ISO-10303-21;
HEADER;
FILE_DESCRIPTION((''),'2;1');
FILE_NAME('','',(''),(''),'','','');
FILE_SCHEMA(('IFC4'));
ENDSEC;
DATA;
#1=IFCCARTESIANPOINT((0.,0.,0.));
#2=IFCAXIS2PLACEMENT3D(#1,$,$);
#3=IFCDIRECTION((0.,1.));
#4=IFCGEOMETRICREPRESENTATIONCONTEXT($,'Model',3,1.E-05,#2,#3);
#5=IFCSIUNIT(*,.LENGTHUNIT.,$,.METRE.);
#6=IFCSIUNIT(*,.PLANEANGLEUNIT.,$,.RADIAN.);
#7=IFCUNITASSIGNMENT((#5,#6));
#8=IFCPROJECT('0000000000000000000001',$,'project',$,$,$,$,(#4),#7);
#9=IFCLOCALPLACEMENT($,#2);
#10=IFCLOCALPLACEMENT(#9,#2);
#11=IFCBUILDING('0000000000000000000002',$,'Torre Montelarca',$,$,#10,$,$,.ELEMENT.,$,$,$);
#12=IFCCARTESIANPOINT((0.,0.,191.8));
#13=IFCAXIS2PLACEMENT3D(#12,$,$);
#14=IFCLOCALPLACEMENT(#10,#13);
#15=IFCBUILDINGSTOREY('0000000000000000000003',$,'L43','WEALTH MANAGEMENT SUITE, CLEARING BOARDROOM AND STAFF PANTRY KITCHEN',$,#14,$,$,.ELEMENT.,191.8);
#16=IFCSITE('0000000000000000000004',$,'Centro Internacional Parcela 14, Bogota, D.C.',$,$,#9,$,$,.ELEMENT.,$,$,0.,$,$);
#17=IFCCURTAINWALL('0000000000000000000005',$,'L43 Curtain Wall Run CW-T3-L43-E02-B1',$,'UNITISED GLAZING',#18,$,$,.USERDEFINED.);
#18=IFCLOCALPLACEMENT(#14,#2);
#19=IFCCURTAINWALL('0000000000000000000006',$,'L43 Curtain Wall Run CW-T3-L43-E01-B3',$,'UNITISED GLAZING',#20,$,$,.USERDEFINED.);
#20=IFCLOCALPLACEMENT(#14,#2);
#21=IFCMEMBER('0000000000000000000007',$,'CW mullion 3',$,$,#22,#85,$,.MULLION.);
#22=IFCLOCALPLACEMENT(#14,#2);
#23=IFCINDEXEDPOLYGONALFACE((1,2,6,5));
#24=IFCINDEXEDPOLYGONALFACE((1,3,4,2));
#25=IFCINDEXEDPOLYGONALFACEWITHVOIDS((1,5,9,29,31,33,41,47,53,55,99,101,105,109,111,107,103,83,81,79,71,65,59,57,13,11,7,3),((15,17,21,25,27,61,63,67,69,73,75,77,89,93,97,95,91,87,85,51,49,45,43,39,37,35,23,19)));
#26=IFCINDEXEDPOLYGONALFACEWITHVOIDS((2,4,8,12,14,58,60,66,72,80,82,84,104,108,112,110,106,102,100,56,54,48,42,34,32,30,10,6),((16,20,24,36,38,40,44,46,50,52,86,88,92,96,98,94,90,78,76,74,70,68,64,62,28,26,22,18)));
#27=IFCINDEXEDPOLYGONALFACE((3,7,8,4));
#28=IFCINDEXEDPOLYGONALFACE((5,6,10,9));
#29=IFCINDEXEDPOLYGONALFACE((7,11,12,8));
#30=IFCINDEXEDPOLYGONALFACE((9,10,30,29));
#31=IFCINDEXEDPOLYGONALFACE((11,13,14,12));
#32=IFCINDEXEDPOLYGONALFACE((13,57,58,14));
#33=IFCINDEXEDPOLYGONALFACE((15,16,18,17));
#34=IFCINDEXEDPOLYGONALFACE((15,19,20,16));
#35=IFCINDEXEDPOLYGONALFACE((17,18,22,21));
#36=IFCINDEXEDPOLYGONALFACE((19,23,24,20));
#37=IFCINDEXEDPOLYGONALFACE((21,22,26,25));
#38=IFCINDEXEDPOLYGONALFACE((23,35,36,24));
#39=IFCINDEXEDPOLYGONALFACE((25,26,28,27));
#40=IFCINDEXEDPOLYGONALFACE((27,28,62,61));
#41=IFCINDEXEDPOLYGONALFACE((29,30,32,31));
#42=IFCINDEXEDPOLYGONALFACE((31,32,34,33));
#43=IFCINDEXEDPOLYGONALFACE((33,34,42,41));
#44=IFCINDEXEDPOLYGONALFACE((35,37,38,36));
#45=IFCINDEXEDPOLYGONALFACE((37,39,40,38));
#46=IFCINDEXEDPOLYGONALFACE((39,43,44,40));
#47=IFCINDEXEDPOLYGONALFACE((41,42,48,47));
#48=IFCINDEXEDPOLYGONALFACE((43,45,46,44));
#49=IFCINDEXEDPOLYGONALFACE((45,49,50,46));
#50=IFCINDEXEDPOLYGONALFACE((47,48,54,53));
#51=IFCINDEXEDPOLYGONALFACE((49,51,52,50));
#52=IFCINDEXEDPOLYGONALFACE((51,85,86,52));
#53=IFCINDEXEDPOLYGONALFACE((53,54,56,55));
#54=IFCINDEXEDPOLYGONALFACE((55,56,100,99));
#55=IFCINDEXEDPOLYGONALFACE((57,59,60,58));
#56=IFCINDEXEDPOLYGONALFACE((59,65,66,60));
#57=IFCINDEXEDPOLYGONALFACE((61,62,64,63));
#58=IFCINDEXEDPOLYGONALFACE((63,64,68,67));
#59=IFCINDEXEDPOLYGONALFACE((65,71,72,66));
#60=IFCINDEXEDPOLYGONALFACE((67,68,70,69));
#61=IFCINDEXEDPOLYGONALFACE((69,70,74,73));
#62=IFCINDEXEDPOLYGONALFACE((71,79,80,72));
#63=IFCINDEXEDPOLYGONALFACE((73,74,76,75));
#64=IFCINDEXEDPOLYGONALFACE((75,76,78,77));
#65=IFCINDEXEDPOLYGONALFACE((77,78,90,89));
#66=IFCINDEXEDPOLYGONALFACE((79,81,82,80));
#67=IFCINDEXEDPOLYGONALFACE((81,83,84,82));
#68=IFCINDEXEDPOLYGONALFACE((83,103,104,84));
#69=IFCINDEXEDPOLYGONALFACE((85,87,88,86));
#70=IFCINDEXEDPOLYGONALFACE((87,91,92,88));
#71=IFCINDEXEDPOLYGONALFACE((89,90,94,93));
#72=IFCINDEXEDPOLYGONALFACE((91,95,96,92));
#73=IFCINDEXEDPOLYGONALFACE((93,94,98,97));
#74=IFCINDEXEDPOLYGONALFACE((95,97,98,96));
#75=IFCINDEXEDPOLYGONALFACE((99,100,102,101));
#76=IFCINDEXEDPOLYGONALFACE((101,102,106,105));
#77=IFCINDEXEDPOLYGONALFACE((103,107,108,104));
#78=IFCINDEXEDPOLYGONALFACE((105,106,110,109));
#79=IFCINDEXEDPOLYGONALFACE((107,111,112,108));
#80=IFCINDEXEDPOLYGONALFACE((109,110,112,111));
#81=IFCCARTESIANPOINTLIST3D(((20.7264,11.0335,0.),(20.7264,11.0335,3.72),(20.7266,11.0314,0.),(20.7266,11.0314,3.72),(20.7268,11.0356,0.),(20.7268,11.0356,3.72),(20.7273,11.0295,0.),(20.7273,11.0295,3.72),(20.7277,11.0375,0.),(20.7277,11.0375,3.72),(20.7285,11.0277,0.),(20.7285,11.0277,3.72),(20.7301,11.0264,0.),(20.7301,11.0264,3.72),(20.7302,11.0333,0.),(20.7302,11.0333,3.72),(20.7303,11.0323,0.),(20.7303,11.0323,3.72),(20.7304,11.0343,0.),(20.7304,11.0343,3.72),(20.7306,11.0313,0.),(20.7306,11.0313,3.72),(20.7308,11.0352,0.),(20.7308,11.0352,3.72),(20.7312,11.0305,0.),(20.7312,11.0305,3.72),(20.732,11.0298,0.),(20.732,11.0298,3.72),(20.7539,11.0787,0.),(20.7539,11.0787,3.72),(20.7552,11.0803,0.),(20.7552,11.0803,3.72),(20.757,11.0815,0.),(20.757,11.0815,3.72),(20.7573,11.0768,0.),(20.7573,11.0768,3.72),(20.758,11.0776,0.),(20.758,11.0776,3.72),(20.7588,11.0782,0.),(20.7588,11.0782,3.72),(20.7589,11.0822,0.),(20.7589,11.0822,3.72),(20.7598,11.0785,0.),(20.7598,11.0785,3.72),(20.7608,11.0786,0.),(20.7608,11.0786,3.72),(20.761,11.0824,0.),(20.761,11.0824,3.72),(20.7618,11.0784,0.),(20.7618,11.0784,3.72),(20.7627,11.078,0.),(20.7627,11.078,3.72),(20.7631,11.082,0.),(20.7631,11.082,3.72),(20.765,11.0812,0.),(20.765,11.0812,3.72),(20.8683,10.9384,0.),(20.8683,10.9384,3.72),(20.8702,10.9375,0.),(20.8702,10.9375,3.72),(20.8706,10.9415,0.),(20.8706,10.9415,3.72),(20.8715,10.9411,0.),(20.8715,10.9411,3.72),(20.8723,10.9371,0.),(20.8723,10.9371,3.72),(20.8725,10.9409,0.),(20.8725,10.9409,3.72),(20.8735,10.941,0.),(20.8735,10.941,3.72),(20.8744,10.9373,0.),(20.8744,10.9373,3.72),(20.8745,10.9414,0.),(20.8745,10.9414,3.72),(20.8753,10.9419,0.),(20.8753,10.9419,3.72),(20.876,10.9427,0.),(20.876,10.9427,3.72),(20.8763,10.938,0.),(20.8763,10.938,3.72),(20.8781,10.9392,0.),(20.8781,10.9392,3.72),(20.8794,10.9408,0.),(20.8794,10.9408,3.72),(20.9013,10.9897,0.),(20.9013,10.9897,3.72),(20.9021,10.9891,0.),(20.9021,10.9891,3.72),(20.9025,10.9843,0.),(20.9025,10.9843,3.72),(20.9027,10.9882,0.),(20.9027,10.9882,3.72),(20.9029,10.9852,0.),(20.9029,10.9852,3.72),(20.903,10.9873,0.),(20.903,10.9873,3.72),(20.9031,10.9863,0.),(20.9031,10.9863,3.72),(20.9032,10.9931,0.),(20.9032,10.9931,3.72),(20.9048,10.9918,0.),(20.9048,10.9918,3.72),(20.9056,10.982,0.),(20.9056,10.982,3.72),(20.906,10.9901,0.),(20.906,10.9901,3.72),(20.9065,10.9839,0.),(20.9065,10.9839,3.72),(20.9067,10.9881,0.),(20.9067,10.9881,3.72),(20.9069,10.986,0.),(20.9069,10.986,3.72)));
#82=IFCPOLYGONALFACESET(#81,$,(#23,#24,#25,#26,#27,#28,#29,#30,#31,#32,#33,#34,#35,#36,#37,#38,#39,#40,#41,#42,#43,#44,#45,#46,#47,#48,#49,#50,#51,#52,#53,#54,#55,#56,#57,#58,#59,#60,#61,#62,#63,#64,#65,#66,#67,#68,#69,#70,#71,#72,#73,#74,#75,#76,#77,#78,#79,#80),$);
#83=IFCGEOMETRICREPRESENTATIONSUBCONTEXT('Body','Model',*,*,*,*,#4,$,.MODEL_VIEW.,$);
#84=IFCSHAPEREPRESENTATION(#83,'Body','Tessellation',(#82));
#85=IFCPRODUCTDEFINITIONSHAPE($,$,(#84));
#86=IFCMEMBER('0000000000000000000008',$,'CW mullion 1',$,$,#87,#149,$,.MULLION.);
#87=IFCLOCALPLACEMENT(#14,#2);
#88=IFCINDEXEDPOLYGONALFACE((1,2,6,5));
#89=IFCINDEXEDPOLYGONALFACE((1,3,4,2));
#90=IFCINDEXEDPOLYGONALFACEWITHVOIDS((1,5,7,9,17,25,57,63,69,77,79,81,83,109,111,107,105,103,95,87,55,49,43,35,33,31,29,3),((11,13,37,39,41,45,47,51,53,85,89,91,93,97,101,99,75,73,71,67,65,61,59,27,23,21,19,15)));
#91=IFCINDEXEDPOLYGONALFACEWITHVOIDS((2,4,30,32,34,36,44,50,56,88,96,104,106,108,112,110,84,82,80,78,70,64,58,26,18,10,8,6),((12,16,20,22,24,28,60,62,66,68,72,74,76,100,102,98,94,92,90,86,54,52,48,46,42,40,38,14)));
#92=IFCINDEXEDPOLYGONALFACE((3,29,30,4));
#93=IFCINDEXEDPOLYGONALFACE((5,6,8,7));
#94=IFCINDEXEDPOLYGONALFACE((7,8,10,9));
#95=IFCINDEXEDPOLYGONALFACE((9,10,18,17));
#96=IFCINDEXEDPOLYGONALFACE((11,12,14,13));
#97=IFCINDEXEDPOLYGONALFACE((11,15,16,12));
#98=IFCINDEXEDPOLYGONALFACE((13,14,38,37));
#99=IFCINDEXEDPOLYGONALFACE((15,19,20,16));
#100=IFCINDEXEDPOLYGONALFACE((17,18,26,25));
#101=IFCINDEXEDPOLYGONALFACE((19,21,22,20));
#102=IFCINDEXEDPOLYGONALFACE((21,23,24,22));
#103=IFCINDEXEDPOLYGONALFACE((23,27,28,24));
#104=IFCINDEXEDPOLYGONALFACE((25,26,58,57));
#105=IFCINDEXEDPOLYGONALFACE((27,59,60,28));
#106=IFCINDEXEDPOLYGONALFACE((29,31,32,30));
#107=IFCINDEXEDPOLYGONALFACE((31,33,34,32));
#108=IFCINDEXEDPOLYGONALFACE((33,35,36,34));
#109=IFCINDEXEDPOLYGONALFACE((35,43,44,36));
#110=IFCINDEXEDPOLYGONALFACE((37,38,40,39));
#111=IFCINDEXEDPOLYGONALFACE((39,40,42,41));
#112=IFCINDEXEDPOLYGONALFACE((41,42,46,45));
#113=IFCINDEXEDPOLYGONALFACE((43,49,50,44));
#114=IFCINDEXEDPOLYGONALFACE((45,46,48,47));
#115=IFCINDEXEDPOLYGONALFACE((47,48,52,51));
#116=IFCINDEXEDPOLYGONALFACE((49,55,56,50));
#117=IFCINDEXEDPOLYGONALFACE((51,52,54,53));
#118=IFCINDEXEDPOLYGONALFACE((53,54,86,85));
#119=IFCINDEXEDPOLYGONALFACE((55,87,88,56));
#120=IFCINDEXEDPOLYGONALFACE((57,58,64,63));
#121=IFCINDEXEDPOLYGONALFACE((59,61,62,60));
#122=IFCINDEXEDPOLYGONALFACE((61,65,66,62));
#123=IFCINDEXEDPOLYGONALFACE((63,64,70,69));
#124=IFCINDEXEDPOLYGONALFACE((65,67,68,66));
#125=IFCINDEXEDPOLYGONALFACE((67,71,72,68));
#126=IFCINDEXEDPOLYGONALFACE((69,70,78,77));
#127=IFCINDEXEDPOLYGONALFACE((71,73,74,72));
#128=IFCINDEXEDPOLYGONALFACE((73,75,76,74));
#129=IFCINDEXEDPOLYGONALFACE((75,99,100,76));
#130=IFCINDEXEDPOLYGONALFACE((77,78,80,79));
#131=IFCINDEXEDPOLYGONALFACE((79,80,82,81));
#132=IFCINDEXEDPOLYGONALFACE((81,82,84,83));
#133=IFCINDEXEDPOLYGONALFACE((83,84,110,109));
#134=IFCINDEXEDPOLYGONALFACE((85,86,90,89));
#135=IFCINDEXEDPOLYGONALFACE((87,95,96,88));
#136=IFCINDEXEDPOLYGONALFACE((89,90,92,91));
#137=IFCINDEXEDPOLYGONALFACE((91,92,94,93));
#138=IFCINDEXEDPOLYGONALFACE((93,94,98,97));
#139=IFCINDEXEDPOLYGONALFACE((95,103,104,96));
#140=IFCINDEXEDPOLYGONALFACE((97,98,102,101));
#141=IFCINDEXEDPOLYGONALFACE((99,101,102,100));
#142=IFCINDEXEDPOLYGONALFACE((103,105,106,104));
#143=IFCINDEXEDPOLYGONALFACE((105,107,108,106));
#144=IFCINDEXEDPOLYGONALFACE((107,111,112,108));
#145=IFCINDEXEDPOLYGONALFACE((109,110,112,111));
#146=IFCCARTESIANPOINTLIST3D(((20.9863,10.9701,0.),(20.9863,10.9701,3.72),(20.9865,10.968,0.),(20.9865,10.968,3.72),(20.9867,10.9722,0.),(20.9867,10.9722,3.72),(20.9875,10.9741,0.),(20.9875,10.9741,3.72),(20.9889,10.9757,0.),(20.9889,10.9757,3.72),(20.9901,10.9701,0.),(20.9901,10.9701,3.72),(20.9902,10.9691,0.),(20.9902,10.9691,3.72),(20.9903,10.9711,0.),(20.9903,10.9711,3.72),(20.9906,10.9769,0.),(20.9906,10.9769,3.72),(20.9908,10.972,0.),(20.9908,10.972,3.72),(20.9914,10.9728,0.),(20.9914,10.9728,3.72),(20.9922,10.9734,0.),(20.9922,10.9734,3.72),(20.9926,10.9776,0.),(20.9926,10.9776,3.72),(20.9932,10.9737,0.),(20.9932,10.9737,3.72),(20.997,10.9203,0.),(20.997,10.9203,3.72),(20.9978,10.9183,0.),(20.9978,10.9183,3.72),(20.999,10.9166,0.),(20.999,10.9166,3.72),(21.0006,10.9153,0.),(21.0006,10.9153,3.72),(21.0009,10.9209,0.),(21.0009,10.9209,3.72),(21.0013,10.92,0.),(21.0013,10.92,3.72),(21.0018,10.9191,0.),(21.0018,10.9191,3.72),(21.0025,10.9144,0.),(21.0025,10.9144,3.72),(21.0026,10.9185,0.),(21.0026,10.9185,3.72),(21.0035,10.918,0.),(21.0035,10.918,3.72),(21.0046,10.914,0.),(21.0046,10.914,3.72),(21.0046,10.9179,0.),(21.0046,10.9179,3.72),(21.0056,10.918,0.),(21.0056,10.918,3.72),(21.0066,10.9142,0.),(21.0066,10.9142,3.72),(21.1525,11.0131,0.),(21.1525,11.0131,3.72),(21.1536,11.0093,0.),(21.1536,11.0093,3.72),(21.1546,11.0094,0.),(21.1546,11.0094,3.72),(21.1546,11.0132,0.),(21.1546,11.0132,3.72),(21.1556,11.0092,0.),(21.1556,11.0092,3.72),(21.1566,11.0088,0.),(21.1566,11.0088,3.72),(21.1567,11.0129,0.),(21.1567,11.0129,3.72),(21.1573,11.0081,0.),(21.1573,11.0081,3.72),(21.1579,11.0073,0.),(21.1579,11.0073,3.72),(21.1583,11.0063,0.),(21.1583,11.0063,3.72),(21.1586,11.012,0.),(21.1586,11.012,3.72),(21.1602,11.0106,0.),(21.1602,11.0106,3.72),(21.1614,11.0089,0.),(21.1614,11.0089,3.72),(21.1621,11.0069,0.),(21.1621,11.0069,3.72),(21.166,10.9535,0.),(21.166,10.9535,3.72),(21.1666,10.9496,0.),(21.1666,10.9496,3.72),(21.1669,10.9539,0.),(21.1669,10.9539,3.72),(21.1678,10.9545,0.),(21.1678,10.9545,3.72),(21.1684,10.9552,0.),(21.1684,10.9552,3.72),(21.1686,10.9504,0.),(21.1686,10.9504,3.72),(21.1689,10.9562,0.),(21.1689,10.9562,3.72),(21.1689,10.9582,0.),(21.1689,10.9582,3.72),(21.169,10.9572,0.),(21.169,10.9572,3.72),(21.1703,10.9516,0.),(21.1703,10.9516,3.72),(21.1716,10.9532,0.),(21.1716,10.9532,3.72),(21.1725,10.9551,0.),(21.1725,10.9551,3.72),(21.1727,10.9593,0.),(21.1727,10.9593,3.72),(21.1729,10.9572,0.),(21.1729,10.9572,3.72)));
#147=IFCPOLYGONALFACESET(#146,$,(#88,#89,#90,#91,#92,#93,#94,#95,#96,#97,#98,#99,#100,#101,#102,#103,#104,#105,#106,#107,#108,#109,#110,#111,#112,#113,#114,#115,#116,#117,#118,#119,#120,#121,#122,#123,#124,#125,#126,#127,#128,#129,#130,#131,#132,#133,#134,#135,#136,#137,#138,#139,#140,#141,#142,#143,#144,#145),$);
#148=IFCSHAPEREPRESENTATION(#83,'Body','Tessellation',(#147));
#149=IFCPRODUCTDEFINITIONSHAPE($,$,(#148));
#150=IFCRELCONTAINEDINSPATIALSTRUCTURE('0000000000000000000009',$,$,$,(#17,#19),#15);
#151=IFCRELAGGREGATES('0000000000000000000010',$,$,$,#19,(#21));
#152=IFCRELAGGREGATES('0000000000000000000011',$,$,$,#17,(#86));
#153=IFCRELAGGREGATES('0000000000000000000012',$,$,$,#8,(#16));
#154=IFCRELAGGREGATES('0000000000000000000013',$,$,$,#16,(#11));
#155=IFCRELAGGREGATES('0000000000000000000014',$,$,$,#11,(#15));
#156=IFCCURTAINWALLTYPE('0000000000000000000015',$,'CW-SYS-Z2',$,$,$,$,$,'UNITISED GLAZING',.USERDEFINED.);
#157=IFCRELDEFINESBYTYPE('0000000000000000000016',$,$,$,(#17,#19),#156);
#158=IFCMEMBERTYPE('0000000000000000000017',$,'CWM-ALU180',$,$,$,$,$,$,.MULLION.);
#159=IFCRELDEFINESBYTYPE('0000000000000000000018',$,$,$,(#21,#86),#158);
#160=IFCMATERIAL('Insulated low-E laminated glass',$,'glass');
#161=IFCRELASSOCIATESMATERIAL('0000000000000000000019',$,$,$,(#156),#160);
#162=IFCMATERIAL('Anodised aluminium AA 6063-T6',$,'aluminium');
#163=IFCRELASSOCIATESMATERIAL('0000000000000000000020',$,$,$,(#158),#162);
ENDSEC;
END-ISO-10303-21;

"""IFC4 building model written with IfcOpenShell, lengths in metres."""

from ifc_helpers import new_model, si_unit, direction, frame, origin, origin_2d, place, context, subcontext, project, spatial, hollow_rectangle, extrude, source, transform, mapped, material, material_profile, profile_set, type_object, element, aggregate, save


model = new_model("IFC4")

# Units and contexts
model_context = context("Model", 3, precision=1e-05, world=origin(), true_north=direction((0.0, 1.0)))
body_context = subcontext(model_context, "Body", "Model", "MODEL_VIEW")
ifc_project = project(units=[si_unit("LENGTHUNIT", "METRE"), si_unit("PLANEANGLEUNIT", "RADIAN")], contexts=[model_context])

# Site, building, storey
site_placement = place(None, origin())
site = spatial("IfcSite", under=ifc_project, at=site_placement, Name="Centro Internacional Parcela 14, Bogota, D.C.", CompositionType="ELEMENT", RefElevation=0.0)
building_placement = place(site_placement, origin())
building = spatial("IfcBuilding", under=site, at=building_placement, Name="Torre Montelarca", CompositionType="ELEMENT")
storey_placement = place(building_placement, frame((0.0, 0.0, 191.8)))
storey = spatial("IfcBuildingStorey", under=building, at=storey_placement, Name="L43", Description="WEALTH MANAGEMENT SUITE, CLEARING BOARDROOM AND STAFF PANTRY KITCHEN", CompositionType="ELEMENT", Elevation=191.8)

# Curtain wall
ifc_material_1 = material(Name="Insulated low-E laminated glass", Category="glass")
curtain_wall_type = type_object("IfcCurtainWallType", Name="CW-SYS-Z2", ElementType="UNITISED GLAZING", PredefinedType="USERDEFINED", material=ifc_material_1)
curtain_wall_1_placement = place(storey_placement, origin())
curtain_wall_1 = element("IfcCurtainWall", 1, at=curtain_wall_1_placement, inside=storey, type_object=curtain_wall_type, Name="L43 Curtain Wall Run CW-T3-L43-E02-B1", ObjectType="UNITISED GLAZING", PredefinedType="USERDEFINED")
ifc_material_2 = material(Name="Anodised aluminium AA 6063-T6", Category="aluminium")

# Curtain wall, member
curtain_wall_2_placement = place(storey_placement, origin())
curtain_wall_2 = element("IfcCurtainWall", 2, at=curtain_wall_2_placement, inside=storey, type_object=curtain_wall_type, Name="L43 Curtain Wall Run CW-T3-L43-E01-B3", ObjectType="UNITISED GLAZING", PredefinedType="USERDEFINED")
ifc_material_profile_1 = material_profile(ifc_material_2, hollow_rectangle(XDim=0.0649, YDim=0.1799, WallThickness=0.0039, InnerFilletRadius=0.0039, OuterFilletRadius=0.0081, at=origin_2d()), Name="ALU65X180X4", Category="aluminium")
ifc_profile_set_1 = profile_set([ifc_material_profile_1], Name="Anodised aluminium AA 6063-T6")
member_type_1 = type_object("IfcMemberType", Name="CWM-ALU180", PredefinedType="MULLION", material=ifc_profile_set_1)
shared_shape_1 = source(origin(), body_context, "Body", "SweptSolid", [
    extrude(hollow_rectangle(XDim=0.0649, YDim=0.1799, WallThickness=0.0039, InnerFilletRadius=0.0039, OuterFilletRadius=0.0081, at=origin_2d()), origin(), (0.0, 0.0, 1.0), 3.72),
])
member_1_placement = place(storey_placement, frame((20.8167, 11.0098, 0.0), z_axis=(0.0, 0.0, 1.0), x_axis=(0.537303, 0.843389, 0.0)))
member_1 = element("IfcMember", 3, at=member_1_placement, type_object=member_type_1, Name="CW mullion 3", PredefinedType="MULLION", context=body_context, shape_type="MappedRepresentation", body=[
    mapped(shared_shape_1, transform((0.0, 0.0, 0.0), scale=1.0)),
])
aggregate(curtain_wall_2, [member_1])

# Member
member_2_placement = place(storey_placement, frame((21.0796, 10.9636, 0.0), z_axis=(0.0, 0.0, 1.0), x_axis=(-0.216434, 0.976297, 0.0)))
member_2 = element("IfcMember", 4, at=member_2_placement, type_object=member_type_1, Name="CW mullion 1", PredefinedType="MULLION", context=body_context, shape_type="MappedRepresentation", body=[
    mapped(shared_shape_1, transform((0.0, 0.0, 0.0), scale=1.0)),
])

aggregate(curtain_wall_1, [member_2])

save(model, "model.ifc")
